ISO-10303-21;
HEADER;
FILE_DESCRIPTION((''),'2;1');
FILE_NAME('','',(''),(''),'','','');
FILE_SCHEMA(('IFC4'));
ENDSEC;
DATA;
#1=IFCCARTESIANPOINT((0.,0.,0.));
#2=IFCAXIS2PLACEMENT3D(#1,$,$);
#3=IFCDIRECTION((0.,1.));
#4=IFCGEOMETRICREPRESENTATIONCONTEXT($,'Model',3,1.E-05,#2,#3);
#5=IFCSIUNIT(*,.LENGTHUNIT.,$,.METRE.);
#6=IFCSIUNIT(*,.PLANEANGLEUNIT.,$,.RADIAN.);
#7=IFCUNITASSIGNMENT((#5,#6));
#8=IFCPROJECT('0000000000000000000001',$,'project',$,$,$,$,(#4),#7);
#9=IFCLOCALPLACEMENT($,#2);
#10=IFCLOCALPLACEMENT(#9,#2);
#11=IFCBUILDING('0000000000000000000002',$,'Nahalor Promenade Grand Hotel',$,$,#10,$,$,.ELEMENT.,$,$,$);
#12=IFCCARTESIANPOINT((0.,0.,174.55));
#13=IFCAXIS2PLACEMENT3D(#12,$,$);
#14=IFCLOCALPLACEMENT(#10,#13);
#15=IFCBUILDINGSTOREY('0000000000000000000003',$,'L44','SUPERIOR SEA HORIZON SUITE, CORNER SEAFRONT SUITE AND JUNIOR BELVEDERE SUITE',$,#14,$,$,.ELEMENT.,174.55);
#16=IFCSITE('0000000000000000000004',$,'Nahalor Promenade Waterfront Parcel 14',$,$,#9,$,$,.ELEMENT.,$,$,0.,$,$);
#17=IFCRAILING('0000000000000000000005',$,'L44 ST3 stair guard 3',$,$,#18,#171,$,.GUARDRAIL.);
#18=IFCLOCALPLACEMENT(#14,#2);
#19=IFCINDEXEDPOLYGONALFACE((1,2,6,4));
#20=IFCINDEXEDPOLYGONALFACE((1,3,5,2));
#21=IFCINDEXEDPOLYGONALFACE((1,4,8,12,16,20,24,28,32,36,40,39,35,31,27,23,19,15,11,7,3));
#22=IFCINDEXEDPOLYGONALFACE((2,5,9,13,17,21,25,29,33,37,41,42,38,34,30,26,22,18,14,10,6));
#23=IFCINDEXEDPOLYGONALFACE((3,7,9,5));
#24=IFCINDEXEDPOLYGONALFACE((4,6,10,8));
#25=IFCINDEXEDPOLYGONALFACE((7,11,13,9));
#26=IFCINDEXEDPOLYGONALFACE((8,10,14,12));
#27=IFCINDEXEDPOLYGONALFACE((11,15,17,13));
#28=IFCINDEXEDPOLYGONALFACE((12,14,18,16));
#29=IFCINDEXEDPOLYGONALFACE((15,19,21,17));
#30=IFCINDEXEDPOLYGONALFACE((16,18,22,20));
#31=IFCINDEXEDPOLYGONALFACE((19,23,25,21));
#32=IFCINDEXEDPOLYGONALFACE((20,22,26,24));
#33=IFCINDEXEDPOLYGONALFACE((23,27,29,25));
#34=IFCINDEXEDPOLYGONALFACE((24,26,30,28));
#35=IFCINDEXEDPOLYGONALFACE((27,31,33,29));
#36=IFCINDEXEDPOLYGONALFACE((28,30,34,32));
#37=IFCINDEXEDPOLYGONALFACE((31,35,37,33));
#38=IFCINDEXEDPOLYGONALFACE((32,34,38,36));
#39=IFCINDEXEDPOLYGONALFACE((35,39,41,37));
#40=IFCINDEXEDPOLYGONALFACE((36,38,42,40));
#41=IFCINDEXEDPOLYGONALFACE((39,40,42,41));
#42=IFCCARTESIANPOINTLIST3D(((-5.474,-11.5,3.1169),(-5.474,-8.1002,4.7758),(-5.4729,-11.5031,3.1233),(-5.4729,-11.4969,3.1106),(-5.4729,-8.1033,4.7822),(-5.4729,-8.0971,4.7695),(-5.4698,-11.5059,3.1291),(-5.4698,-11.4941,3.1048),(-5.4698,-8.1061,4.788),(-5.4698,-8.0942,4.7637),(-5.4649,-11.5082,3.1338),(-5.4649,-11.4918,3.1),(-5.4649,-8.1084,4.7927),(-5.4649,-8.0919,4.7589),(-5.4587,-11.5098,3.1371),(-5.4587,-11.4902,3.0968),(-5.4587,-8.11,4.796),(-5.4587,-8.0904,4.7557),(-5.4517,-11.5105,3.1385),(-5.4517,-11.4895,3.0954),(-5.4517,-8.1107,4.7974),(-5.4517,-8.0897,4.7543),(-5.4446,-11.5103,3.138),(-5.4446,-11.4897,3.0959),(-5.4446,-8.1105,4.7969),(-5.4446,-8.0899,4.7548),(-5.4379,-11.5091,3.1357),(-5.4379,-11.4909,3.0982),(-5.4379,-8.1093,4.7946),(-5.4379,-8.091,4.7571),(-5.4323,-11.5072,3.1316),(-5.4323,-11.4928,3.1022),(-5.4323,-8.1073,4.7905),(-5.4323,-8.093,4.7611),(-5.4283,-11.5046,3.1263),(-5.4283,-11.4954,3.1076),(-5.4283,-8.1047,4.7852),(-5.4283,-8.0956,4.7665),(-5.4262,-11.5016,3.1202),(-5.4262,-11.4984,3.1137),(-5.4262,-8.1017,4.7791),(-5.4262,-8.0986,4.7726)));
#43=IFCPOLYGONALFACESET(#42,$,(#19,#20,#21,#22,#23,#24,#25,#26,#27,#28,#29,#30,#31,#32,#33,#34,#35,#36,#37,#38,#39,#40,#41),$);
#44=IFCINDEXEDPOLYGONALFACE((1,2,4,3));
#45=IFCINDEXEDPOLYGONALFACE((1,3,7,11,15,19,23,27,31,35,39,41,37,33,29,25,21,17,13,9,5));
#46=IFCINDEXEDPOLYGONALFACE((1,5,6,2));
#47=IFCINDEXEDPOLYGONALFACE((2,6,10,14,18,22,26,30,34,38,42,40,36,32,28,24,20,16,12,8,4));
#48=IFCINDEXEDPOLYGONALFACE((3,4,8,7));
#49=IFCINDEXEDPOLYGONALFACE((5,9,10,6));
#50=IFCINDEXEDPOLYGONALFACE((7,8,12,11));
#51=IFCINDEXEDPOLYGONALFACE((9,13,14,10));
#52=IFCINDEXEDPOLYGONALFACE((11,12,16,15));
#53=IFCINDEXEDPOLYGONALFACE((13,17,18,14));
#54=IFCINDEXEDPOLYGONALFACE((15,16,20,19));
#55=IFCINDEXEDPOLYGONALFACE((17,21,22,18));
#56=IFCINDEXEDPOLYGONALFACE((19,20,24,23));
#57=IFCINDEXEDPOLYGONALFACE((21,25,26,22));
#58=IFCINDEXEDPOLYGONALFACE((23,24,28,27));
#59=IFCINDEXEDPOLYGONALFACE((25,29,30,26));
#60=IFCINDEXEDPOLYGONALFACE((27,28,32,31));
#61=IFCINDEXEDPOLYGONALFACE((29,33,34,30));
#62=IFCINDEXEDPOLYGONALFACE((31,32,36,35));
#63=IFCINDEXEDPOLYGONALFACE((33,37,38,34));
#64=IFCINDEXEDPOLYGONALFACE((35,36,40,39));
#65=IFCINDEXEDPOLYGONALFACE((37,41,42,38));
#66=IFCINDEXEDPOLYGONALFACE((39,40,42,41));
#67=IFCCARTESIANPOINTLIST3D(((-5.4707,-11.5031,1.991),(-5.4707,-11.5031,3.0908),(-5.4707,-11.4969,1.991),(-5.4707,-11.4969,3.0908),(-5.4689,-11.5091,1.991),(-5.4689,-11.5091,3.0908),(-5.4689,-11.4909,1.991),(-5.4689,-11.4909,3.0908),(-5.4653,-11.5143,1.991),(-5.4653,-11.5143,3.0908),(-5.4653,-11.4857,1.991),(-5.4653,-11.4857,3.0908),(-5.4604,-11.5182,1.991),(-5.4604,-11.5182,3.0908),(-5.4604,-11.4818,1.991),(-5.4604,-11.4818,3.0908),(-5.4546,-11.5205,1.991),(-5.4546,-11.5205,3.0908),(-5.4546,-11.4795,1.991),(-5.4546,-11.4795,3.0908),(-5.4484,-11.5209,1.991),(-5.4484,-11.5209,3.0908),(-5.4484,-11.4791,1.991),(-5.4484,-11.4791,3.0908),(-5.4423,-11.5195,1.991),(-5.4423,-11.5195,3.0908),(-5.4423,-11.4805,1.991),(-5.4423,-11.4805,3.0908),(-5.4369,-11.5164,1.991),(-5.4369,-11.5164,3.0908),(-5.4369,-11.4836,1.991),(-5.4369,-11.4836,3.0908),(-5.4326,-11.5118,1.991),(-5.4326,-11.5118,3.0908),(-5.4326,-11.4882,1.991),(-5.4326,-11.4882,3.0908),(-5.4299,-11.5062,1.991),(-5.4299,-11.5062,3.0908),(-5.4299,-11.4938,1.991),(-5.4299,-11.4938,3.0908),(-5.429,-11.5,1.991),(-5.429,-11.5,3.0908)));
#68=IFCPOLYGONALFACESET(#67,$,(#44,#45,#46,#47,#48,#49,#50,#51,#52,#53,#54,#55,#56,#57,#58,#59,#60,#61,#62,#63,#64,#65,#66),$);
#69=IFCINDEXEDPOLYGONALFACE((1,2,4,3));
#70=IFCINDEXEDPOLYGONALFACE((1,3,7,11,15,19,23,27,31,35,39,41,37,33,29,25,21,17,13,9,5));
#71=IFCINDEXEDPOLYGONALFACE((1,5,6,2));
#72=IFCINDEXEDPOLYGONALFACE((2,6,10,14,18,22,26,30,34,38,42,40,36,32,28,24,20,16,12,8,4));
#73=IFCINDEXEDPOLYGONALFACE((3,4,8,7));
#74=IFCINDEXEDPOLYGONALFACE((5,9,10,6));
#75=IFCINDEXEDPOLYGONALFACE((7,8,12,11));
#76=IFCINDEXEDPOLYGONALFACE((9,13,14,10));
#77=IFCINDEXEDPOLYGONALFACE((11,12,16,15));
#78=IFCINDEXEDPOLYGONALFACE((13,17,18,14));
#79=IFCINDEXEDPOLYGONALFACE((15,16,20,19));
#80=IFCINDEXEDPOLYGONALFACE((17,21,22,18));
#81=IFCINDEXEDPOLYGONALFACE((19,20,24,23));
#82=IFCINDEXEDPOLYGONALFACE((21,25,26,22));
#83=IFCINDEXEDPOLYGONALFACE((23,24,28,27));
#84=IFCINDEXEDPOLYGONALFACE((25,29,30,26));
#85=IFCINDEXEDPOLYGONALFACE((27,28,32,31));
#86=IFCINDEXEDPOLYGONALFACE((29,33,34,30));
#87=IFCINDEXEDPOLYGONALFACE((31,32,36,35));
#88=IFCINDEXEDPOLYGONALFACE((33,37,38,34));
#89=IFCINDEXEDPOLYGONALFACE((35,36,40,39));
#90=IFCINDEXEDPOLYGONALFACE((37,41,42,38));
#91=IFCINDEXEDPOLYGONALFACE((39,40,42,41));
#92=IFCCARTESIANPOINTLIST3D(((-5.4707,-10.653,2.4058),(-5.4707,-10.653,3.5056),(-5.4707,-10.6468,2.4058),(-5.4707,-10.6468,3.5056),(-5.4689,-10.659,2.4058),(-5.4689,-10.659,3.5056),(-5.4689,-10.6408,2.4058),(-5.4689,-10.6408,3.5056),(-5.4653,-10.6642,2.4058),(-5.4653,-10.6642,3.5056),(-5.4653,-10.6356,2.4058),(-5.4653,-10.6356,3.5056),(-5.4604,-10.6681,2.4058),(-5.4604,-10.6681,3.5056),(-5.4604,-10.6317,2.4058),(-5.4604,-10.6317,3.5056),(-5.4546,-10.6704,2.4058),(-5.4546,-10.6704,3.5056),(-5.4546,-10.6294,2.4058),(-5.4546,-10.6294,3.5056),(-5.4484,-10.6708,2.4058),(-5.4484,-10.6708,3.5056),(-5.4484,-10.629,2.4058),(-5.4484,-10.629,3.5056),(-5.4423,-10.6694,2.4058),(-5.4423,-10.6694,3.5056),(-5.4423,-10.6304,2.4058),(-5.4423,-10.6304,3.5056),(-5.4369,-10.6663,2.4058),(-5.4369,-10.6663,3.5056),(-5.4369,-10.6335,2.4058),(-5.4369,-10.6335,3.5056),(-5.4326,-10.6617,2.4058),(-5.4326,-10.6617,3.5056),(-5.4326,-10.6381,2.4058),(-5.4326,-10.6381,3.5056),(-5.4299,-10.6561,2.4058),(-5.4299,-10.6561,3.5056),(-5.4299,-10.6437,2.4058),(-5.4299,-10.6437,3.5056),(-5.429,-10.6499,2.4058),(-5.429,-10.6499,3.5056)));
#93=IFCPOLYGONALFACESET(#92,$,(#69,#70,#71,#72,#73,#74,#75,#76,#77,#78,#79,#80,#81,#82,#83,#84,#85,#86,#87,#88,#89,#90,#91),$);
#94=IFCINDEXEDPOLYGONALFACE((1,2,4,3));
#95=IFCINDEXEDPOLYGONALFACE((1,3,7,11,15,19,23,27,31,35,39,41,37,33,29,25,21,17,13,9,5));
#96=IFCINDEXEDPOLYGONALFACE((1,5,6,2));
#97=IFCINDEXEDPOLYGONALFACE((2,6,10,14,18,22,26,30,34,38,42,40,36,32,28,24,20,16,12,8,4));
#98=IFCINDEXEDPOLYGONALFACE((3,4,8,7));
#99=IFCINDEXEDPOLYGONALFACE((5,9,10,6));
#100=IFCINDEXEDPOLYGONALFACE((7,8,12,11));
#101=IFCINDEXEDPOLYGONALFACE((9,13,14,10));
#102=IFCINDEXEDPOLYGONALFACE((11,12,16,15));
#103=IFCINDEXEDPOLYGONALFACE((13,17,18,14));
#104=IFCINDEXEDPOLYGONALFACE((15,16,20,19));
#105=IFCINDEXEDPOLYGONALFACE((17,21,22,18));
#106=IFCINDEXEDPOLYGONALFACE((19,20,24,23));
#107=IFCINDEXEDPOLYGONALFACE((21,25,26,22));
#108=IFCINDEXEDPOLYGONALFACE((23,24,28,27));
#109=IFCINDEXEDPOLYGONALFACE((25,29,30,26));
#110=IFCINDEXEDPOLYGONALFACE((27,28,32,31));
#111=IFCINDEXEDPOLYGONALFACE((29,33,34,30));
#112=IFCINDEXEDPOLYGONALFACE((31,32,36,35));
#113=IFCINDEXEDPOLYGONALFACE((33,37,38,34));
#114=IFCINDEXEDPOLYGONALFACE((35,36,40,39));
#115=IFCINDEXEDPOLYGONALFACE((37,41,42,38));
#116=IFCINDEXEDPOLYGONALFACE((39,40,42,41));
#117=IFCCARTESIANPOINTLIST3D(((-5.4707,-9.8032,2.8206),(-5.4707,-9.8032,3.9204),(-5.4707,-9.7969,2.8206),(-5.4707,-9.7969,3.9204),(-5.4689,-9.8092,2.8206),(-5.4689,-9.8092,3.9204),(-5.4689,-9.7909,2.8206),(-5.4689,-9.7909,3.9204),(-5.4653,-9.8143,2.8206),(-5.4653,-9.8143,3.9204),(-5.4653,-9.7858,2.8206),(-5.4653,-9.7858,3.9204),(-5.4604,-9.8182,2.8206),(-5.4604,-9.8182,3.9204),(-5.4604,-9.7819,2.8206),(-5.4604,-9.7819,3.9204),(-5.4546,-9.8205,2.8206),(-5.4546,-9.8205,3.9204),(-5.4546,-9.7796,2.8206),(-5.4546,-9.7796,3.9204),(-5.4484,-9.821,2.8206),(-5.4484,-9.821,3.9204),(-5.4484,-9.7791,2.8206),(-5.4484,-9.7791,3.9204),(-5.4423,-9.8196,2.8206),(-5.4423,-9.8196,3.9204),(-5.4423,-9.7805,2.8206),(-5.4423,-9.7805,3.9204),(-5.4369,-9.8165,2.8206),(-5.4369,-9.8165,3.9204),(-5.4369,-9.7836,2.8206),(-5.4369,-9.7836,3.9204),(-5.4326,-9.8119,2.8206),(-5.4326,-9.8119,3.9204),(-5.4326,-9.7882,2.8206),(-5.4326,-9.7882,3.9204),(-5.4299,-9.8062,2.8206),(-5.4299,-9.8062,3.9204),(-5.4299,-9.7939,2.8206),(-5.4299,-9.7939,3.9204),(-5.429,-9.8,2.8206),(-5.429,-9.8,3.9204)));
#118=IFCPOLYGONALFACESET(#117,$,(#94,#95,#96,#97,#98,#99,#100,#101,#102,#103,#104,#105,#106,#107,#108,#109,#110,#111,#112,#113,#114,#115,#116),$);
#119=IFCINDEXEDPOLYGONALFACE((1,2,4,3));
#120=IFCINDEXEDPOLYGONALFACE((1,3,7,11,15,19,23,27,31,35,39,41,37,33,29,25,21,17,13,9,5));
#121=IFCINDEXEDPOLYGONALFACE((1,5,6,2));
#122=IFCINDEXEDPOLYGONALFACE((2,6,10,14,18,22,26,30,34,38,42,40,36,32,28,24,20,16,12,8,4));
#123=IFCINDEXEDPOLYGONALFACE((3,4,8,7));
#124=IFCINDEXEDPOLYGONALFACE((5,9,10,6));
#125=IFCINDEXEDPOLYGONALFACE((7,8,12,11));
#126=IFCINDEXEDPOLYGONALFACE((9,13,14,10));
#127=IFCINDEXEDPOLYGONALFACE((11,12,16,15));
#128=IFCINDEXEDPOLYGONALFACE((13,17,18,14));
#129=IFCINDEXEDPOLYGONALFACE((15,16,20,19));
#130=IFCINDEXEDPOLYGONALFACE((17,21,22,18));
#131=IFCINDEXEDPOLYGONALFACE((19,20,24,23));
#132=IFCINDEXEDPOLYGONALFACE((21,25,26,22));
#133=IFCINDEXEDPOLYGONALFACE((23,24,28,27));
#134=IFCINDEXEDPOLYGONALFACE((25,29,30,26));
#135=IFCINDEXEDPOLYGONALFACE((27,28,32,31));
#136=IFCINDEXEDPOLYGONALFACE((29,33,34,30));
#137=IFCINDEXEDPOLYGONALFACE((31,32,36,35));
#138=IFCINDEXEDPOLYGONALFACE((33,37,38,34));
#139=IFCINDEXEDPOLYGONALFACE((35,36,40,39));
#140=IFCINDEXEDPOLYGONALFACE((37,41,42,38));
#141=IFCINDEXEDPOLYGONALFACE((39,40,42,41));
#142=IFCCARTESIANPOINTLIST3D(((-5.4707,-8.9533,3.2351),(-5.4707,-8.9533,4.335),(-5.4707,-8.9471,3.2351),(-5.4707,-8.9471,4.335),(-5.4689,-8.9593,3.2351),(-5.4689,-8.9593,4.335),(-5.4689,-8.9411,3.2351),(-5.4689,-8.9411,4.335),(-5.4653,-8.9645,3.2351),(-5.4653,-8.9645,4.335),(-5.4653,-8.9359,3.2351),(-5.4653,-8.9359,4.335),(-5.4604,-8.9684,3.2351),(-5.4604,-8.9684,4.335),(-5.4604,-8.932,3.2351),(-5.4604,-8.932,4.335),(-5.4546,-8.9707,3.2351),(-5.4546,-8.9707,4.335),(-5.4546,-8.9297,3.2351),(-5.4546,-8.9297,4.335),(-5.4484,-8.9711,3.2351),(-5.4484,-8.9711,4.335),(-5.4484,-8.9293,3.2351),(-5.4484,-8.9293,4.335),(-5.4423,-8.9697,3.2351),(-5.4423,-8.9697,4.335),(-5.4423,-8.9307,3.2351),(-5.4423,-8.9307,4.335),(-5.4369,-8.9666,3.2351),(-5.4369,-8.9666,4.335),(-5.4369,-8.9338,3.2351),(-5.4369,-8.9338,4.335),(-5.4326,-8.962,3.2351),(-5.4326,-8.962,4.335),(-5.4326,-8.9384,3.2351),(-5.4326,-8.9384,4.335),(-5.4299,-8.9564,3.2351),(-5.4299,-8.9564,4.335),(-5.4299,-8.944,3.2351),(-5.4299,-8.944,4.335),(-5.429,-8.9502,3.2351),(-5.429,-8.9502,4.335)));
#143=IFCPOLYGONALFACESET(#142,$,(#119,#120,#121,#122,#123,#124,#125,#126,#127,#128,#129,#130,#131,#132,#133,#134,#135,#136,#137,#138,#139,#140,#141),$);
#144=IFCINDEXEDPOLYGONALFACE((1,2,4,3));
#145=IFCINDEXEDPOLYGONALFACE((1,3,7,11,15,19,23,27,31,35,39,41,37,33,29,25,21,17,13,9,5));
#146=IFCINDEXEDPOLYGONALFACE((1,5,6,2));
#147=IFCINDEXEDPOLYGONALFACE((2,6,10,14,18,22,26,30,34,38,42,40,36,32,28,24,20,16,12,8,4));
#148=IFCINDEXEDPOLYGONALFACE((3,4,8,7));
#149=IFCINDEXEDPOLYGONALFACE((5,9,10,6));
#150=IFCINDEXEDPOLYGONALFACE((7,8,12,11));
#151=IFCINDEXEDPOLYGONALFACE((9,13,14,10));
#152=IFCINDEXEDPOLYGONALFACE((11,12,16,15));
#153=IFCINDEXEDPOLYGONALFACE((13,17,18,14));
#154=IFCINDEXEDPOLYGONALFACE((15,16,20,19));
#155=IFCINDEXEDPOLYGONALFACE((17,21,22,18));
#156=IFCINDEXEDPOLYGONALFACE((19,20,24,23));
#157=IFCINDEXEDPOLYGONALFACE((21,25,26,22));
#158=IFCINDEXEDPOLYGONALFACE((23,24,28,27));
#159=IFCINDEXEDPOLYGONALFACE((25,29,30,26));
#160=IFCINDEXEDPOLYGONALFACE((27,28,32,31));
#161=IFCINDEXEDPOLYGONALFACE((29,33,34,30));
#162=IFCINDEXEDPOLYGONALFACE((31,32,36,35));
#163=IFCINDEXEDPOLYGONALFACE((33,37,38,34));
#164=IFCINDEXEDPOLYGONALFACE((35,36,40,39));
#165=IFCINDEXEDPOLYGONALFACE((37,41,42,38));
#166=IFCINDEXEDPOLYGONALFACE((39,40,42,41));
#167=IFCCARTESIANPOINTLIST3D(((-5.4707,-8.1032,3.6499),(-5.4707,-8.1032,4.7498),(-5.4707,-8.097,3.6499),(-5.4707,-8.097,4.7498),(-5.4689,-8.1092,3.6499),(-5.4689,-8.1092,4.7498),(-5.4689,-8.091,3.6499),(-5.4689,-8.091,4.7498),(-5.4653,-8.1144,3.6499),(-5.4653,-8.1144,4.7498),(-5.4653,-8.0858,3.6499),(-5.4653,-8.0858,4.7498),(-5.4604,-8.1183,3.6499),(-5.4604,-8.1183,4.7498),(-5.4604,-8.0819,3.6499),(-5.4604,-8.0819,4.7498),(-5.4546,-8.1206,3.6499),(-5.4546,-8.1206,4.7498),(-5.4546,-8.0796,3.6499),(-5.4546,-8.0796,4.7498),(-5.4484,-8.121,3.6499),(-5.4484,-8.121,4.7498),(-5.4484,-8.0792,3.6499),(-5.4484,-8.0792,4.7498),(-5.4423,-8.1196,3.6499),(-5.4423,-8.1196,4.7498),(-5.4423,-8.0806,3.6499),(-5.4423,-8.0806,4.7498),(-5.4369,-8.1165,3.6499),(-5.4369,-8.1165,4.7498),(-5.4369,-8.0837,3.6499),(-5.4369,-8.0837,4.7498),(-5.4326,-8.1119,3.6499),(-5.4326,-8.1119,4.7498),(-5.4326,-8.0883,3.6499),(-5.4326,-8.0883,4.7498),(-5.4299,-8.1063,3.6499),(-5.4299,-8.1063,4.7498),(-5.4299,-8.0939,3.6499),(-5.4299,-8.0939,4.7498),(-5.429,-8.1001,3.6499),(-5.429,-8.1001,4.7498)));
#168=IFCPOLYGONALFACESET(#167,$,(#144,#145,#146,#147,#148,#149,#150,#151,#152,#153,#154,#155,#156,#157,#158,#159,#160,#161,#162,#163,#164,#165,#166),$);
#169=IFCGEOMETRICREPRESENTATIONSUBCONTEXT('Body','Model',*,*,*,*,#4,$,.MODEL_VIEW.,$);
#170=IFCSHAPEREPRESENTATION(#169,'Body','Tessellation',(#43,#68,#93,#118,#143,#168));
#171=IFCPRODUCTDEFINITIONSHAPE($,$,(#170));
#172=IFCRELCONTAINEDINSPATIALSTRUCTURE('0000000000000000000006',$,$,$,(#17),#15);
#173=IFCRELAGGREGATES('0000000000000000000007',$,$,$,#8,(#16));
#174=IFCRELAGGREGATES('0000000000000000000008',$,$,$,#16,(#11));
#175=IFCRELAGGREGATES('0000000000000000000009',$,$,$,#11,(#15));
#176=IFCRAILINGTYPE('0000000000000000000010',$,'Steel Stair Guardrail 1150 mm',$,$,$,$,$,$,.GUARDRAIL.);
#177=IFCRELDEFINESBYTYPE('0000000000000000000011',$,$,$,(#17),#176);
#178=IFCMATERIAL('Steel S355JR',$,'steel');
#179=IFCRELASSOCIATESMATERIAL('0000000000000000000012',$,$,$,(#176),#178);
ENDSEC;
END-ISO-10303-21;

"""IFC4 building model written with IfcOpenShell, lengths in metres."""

from ifc_helpers import new_model, si_unit, direction, frame, origin, origin_2d, place, context, subcontext, project, spatial, circle, extrude, material, type_object, element, save


model = new_model("IFC4")

# Units and contexts
model_context = context("Model", 3, precision=1e-05, world=origin(), true_north=direction((0.0, 1.0)))
body_context = subcontext(model_context, "Body", "Model", "MODEL_VIEW")
ifc_project = project(units=[si_unit("LENGTHUNIT", "METRE"), si_unit("PLANEANGLEUNIT", "RADIAN")], contexts=[model_context])

# Site, building, storey
site_placement = place(None, origin())
site = spatial("IfcSite", under=ifc_project, at=site_placement, Name="Nahalor Promenade Waterfront Parcel 14", CompositionType="ELEMENT", RefElevation=0.0)
building_placement = place(site_placement, origin())
building = spatial("IfcBuilding", under=site, at=building_placement, Name="Nahalor Promenade Grand Hotel", CompositionType="ELEMENT")
storey_placement = place(building_placement, frame((0.0, 0.0, 174.55)))
storey = spatial("IfcBuildingStorey", under=building, at=storey_placement, Name="L44", Description="SUPERIOR SEA HORIZON SUITE, CORNER SEAFRONT SUITE AND JUNIOR BELVEDERE SUITE", CompositionType="ELEMENT", Elevation=174.55)

# Shared definitions
ifc_material_1 = material(Name="Steel S355JR", Category="steel")

# Railing
railing_type_1 = type_object("IfcRailingType", Name="Steel Stair Guardrail 1150 mm", PredefinedType="GUARDRAIL", material=ifc_material_1)
railing_1_placement = place(storey_placement, frame((-5.45, -11.5, 1.991)))
element("IfcRailing", 1, at=railing_1_placement, inside=storey, type_object=railing_type_1, Name="L44 ST3 stair guard 3", PredefinedType="GUARDRAIL", context=body_context, shape_type="SweptSolid", body=[
    extrude(circle(Radius=0.024, at=origin_2d()), frame((0.0, 0.0, 1.126), z_axis=(0.0, 0.898722, 0.438519), x_axis=(-1.0, 0.0, 0.0)), (0.0, 0.0, 1.0), 3.783),
    extrude(circle(Radius=0.021, at=origin_2d()), origin(), (0.0, 0.0, 1.0), 1.0999),
    extrude(circle(Radius=0.021, at=origin_2d()), frame((0.0, 0.8501, 0.4148)), (0.0, 0.0, 1.0), 1.0999),
    extrude(circle(Radius=0.021, at=origin_2d()), frame((0.0, 1.7, 0.8296)), (0.0, 0.0, 1.0), 1.0999),
    extrude(circle(Radius=0.021, at=origin_2d()), frame((0.0, 2.5498, 1.2441)), (0.0, 0.0, 1.0), 1.0999),
    extrude(circle(Radius=0.021, at=origin_2d()), frame((0.0, 3.3999, 1.6589)), (0.0, 0.0, 1.0), 1.0999),
])

save(model, "model.ifc")
